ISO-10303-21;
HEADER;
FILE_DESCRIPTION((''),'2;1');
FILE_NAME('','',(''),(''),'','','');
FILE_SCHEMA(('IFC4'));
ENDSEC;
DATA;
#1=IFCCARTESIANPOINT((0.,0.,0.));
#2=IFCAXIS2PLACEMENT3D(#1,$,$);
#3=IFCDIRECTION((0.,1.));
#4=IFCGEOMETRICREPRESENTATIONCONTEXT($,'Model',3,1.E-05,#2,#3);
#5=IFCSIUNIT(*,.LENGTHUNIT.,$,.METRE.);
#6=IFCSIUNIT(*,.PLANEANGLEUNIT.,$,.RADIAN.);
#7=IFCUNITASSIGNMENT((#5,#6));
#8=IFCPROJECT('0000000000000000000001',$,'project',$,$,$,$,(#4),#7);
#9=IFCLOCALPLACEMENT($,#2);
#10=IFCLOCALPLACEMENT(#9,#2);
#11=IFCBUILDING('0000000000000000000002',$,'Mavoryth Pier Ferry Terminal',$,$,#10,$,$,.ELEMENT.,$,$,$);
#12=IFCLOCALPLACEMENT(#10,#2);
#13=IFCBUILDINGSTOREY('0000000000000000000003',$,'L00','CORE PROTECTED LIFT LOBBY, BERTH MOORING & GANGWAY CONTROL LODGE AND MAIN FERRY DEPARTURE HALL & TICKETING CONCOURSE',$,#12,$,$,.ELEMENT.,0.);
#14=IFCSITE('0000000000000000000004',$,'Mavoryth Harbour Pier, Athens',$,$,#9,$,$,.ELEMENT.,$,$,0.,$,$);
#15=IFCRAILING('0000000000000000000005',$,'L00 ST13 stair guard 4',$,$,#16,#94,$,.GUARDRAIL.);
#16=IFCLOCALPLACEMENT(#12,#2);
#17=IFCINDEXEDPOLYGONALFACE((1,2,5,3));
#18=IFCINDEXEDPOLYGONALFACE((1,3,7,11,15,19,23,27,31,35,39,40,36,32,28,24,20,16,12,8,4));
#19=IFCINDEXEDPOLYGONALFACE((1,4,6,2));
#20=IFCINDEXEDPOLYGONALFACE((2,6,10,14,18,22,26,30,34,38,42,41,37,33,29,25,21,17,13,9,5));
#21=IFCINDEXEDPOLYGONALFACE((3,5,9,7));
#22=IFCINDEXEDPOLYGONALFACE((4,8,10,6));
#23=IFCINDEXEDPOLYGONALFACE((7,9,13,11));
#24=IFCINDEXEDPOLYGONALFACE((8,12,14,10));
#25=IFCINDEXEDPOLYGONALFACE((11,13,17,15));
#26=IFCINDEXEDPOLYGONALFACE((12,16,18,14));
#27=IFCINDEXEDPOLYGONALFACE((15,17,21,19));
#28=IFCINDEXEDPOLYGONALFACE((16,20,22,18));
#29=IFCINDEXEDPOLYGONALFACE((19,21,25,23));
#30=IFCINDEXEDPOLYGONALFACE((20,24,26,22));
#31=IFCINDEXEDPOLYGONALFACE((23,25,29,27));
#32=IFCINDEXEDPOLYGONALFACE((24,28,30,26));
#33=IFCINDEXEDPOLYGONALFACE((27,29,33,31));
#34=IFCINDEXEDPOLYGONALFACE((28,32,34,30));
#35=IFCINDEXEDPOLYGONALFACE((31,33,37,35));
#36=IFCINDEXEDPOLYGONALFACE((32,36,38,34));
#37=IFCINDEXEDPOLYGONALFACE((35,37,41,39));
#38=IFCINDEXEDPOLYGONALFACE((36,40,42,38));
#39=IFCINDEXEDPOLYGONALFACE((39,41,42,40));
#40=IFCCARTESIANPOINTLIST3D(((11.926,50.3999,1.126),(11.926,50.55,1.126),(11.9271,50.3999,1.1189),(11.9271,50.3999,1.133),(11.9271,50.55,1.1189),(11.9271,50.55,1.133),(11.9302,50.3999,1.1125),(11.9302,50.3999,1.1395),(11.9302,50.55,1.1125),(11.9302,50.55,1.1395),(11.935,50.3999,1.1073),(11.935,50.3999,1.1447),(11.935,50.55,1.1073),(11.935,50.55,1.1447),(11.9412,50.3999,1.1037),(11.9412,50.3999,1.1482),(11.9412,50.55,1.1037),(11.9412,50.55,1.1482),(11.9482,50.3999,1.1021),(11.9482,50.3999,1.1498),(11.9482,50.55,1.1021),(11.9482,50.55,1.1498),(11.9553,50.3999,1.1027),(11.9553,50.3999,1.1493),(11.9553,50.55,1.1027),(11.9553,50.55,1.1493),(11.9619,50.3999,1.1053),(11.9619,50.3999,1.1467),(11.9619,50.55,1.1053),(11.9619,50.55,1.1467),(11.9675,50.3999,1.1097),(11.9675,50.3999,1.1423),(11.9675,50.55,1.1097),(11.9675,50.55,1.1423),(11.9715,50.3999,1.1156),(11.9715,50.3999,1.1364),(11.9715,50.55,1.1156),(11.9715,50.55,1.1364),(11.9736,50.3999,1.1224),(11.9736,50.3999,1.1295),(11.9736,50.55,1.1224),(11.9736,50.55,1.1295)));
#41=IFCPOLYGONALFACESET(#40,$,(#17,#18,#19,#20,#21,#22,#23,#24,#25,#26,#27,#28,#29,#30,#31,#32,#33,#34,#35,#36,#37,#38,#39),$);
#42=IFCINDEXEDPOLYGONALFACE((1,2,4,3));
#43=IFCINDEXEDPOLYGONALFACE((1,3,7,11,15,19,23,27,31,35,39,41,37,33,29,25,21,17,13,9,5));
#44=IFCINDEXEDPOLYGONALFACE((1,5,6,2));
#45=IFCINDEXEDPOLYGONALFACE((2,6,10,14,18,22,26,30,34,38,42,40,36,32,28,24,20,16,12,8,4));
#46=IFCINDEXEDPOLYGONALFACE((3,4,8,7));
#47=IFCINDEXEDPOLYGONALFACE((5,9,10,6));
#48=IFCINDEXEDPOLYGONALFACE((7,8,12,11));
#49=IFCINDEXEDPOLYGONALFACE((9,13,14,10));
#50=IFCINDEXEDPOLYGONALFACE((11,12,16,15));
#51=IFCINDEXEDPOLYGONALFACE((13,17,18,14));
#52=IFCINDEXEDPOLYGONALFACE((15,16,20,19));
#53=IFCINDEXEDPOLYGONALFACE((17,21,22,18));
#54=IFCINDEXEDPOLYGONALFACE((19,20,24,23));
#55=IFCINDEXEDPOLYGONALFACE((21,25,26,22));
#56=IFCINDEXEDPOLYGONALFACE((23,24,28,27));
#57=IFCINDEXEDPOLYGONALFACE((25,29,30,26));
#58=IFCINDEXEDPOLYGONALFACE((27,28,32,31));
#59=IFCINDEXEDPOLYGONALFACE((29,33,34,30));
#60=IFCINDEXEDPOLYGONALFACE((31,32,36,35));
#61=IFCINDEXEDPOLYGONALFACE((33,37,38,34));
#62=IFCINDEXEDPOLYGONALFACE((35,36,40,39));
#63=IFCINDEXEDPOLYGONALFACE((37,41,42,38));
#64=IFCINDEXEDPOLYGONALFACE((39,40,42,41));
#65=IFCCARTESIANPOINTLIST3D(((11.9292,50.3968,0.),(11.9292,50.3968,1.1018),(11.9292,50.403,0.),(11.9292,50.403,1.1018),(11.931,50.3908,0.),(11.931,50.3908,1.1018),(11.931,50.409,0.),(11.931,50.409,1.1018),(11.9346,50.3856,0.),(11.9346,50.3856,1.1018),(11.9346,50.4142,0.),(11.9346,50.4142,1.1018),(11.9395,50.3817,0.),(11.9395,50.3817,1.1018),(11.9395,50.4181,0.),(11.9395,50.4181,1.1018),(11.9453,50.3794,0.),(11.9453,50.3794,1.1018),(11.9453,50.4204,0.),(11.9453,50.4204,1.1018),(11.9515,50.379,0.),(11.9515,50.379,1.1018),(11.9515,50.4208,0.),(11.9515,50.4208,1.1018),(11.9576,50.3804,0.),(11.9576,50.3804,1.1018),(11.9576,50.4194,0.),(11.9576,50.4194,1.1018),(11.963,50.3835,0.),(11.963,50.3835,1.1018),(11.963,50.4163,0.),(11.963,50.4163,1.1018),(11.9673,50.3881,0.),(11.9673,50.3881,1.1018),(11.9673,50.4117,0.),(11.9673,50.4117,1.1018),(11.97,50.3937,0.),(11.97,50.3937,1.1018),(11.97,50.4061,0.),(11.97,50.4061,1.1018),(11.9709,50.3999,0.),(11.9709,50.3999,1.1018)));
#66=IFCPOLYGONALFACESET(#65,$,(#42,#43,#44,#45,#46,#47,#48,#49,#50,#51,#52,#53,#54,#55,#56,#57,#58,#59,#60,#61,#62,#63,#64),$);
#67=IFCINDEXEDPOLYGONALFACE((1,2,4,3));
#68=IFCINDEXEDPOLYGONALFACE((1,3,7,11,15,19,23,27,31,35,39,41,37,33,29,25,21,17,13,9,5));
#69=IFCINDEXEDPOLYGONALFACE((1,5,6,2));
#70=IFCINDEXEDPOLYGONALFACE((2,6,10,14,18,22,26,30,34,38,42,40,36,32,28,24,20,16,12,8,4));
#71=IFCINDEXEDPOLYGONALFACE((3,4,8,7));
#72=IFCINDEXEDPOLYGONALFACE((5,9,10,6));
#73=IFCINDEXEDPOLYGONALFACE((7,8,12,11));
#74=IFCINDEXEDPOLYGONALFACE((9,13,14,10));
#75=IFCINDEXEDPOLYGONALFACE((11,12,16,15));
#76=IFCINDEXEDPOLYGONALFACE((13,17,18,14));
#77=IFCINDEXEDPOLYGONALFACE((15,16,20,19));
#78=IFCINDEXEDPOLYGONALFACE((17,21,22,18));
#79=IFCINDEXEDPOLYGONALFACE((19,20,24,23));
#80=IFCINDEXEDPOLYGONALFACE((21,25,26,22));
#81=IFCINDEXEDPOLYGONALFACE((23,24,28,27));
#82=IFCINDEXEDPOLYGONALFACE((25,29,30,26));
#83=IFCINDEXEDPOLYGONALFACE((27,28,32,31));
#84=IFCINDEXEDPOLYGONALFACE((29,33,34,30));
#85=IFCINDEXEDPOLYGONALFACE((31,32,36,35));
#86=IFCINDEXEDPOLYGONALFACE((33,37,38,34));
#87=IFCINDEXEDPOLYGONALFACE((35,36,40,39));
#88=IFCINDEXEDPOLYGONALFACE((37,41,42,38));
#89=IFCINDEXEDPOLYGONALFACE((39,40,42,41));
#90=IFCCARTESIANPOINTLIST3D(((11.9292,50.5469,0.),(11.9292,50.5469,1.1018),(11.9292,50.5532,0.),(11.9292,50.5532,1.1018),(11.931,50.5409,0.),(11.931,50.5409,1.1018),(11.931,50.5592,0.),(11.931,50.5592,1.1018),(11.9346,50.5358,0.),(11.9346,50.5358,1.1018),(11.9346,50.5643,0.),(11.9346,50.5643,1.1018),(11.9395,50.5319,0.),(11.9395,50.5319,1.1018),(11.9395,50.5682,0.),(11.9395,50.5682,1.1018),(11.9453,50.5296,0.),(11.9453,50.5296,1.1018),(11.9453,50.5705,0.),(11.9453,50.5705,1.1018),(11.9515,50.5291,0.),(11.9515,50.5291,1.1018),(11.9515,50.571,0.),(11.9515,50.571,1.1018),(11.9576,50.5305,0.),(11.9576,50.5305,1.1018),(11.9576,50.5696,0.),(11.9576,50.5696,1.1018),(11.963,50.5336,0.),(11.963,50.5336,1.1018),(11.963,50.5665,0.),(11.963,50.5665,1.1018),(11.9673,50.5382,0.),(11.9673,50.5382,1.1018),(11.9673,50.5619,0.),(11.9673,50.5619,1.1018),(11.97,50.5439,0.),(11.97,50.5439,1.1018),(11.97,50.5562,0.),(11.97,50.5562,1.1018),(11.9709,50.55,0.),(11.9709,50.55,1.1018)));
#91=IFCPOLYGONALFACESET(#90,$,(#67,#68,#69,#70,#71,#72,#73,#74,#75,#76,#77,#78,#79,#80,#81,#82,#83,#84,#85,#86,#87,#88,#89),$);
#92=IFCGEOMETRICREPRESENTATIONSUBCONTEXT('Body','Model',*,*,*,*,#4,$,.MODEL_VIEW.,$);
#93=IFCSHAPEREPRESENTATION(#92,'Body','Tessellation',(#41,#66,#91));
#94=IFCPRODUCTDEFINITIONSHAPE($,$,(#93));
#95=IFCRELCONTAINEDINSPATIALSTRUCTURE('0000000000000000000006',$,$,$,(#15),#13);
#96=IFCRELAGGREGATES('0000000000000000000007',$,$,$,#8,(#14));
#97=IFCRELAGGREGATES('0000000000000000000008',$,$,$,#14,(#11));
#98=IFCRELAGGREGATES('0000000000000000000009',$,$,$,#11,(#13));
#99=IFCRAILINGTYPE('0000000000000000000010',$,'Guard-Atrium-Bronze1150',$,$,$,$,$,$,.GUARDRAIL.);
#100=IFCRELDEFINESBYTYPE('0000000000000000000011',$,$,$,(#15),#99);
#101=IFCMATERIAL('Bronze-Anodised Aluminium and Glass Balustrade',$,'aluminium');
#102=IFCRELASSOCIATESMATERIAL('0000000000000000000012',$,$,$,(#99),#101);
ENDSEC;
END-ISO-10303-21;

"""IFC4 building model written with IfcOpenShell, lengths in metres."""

from ifc_helpers import new_model, si_unit, direction, frame, origin, origin_2d, place, context, subcontext, project, spatial, circle, extrude, material, type_object, element, save


model = new_model("IFC4")

# Units and contexts
model_context = context("Model", 3, precision=1e-05, world=origin(), true_north=direction((0.0, 1.0)))
body_context = subcontext(model_context, "Body", "Model", "MODEL_VIEW")
ifc_project = project(units=[si_unit("LENGTHUNIT", "METRE"), si_unit("PLANEANGLEUNIT", "RADIAN")], contexts=[model_context])

# Site, building, storey
site_placement = place(None, origin())
site = spatial("IfcSite", under=ifc_project, at=site_placement, Name="Mavoryth Harbour Pier, Athens", CompositionType="ELEMENT", RefElevation=0.0)
building_placement = place(site_placement, origin())
building = spatial("IfcBuilding", under=site, at=building_placement, Name="Mavoryth Pier Ferry Terminal", CompositionType="ELEMENT")
storey_placement = place(building_placement, origin())
storey = spatial("IfcBuildingStorey", under=building, at=storey_placement, Name="L00", Description="CORE PROTECTED LIFT LOBBY, BERTH MOORING & GANGWAY CONTROL LODGE AND MAIN FERRY DEPARTURE HALL & TICKETING CONCOURSE", CompositionType="ELEMENT", Elevation=0.0)

# Railing
ifc_material_1 = material(Name="Bronze-Anodised Aluminium and Glass Balustrade", Category="aluminium")
railing_type_1 = type_object("IfcRailingType", Name="Guard-Atrium-Bronze1150", PredefinedType="GUARDRAIL", material=ifc_material_1)
railing_1_placement = place(storey_placement, frame((11.95, 50.3999, 0.0)))
element("IfcRailing", 1, at=railing_1_placement, inside=storey, type_object=railing_type_1, Name="L00 ST13 stair guard 4", PredefinedType="GUARDRAIL", context=body_context, shape_type="SweptSolid", body=[
    extrude(circle(Radius=0.0239, at=origin_2d()), frame((0.0, 0.0, 1.126), z_axis=(0.0, 1.0, 0.0), x_axis=(-1.0, 0.0, 0.0)), (0.0, 0.0, 1.0), 0.1501),
    extrude(circle(Radius=0.021, at=origin_2d()), origin(), (0.0, 0.0, 1.0), 1.1018),
    extrude(circle(Radius=0.021, at=origin_2d()), frame((0.0, 0.1501, 0.0)), (0.0, 0.0, 1.0), 1.1018),
])

save(model, "model.ifc")
